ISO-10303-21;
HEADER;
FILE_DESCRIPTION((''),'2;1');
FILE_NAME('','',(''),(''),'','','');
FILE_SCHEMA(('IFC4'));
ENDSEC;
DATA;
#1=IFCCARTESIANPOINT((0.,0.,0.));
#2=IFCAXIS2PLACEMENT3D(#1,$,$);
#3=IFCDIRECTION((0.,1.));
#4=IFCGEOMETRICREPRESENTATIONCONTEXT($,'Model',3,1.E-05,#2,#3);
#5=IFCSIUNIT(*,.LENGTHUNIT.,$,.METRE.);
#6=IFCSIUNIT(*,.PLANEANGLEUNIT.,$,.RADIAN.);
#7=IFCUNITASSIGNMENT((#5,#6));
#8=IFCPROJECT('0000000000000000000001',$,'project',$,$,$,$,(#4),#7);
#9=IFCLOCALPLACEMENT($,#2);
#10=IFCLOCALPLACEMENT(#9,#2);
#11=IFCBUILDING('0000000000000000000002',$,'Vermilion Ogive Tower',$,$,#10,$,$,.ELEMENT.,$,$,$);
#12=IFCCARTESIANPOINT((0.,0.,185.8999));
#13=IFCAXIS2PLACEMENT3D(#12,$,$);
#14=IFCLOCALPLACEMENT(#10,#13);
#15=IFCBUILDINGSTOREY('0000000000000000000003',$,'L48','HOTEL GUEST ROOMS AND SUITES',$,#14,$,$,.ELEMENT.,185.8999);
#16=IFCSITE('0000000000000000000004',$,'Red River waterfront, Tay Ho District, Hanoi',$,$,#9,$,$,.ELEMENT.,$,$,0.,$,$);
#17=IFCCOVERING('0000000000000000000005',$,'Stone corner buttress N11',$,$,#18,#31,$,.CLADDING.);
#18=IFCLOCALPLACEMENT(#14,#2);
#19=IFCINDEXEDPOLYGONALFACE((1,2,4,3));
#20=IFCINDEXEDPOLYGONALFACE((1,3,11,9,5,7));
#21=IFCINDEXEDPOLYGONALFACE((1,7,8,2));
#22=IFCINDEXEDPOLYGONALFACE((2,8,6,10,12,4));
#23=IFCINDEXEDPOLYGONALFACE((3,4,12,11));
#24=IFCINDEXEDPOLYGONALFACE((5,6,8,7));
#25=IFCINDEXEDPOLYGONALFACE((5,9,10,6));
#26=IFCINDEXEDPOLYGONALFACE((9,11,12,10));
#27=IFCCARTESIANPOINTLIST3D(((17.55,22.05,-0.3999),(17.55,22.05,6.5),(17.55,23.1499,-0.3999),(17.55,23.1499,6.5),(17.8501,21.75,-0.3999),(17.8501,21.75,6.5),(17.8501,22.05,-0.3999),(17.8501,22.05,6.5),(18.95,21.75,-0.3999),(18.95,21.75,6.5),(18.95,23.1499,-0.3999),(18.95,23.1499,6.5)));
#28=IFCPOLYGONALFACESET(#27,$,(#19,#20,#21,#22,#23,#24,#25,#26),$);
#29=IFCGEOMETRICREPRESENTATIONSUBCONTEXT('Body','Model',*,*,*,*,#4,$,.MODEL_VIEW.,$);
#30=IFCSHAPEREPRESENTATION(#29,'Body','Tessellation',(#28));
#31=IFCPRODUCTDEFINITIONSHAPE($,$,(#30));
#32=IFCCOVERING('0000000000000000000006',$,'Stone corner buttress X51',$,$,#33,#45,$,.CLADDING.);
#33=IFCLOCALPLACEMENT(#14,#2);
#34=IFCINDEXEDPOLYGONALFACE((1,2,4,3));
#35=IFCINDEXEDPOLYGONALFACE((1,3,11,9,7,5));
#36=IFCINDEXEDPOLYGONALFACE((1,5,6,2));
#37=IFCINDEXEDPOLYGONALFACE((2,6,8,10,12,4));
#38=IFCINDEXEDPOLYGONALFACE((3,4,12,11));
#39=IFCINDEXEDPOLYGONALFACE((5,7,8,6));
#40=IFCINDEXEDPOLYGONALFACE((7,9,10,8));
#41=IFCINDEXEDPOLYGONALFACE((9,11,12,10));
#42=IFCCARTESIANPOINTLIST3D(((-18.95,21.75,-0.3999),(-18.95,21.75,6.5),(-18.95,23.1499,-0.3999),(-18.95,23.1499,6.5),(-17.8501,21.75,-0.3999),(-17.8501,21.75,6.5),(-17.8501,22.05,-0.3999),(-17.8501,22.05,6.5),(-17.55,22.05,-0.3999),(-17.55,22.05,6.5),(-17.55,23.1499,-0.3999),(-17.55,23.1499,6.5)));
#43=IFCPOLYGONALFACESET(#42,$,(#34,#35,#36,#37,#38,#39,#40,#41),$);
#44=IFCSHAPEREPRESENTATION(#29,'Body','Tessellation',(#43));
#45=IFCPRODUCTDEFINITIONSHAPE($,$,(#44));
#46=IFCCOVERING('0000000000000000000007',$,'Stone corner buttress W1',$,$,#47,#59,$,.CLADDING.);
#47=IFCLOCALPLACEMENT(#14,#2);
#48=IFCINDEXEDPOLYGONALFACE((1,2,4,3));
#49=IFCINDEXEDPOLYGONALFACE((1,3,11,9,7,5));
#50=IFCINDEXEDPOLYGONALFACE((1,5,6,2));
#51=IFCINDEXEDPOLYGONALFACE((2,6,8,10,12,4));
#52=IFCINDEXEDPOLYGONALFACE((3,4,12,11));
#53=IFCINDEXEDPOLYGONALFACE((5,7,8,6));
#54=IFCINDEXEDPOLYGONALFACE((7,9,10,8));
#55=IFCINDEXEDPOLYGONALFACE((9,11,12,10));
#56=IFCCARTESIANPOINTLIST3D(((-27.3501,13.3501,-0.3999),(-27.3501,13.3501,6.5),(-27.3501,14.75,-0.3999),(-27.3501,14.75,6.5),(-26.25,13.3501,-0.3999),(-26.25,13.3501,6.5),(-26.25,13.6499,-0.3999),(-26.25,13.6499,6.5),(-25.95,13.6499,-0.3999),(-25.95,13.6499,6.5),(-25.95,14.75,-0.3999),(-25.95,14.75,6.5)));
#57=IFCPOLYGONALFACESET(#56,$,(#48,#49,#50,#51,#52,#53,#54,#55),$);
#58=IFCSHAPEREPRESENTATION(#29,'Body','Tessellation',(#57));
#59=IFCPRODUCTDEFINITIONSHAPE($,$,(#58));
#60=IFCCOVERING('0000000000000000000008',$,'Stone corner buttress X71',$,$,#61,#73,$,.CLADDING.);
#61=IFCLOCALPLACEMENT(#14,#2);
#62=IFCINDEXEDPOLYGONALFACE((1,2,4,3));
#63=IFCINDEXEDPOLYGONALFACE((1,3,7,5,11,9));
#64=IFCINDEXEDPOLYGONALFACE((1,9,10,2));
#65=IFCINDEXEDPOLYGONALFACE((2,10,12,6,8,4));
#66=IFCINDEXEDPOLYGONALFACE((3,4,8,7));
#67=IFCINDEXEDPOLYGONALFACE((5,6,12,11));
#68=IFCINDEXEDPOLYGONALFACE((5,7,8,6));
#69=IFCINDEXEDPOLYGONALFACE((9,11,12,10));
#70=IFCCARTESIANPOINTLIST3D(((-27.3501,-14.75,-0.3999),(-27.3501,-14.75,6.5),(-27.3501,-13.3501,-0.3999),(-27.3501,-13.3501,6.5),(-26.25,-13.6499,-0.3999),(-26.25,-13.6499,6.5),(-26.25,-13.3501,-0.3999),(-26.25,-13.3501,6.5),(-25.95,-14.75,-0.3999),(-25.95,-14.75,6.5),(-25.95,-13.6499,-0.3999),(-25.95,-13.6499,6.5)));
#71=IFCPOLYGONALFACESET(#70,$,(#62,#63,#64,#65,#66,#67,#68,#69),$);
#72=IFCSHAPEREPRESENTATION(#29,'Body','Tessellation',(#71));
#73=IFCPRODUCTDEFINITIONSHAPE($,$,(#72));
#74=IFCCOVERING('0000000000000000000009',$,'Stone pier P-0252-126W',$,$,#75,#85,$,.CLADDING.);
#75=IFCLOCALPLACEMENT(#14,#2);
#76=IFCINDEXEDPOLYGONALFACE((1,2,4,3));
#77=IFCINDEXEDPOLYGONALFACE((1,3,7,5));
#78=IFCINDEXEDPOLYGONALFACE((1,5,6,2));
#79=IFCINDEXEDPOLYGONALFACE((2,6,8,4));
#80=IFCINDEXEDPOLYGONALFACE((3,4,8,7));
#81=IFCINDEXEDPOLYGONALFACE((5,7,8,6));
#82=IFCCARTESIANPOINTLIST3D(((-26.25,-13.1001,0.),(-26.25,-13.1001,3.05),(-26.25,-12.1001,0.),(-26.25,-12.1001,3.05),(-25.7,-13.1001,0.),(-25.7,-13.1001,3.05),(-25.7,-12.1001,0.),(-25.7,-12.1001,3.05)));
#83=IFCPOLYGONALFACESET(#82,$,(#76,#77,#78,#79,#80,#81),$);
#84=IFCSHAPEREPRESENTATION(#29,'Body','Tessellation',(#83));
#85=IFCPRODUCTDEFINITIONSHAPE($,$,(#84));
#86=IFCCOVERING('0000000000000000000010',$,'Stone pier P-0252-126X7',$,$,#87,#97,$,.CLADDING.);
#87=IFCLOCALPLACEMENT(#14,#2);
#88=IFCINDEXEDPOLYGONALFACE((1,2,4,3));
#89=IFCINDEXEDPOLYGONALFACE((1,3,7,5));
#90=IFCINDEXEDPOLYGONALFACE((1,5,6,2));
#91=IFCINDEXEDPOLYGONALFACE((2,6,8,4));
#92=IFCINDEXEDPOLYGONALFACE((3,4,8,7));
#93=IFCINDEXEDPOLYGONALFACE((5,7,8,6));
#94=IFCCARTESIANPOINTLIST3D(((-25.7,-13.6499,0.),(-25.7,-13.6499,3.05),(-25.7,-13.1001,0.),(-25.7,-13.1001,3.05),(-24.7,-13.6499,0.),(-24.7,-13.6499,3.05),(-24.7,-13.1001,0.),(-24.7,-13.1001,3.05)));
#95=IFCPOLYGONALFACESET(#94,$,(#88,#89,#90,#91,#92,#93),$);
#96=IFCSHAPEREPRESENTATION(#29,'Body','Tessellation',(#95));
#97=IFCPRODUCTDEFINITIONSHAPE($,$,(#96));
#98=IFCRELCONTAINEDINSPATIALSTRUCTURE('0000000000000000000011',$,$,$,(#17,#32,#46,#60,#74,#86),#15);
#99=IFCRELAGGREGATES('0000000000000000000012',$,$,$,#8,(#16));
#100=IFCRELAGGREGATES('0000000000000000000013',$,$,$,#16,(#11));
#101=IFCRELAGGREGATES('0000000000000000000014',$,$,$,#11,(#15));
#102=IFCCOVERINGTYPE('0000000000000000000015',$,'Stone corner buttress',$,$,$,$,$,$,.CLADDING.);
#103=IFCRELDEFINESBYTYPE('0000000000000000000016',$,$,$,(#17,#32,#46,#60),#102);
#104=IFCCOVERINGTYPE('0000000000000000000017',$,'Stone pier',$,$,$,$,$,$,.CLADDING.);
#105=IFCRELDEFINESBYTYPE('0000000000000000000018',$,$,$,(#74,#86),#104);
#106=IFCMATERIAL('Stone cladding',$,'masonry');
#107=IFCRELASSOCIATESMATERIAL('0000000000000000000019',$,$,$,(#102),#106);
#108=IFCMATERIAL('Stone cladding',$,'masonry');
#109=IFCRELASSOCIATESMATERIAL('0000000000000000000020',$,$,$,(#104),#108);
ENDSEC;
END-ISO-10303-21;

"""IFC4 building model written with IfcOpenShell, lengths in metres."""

from ifc_helpers import new_model, si_unit, direction, frame, origin, place, context, subcontext, project, spatial, polyline, outline, extrude, material, type_object, element, save


model = new_model("IFC4")

# Units and contexts
model_context = context("Model", 3, precision=1e-05, world=origin(), true_north=direction((0.0, 1.0)))
body_context = subcontext(model_context, "Body", "Model", "MODEL_VIEW")
ifc_project = project(units=[si_unit("LENGTHUNIT", "METRE"), si_unit("PLANEANGLEUNIT", "RADIAN")], contexts=[model_context])

# Site, building, storey
site_placement = place(None, origin())
site = spatial("IfcSite", under=ifc_project, at=site_placement, Name="Red River waterfront, Tay Ho District, Hanoi", CompositionType="ELEMENT", RefElevation=0.0)
building_placement = place(site_placement, origin())
building = spatial("IfcBuilding", under=site, at=building_placement, Name="Vermilion Ogive Tower", CompositionType="ELEMENT")
storey_placement = place(building_placement, frame((0.0, 0.0, 185.8999)))
storey = spatial("IfcBuildingStorey", under=building, at=storey_placement, Name="L48", Description="HOTEL GUEST ROOMS AND SUITES", CompositionType="ELEMENT", Elevation=185.8999)

# Coverings
ifc_material_1 = material(Name="Stone cladding", Category="masonry")
covering_type_1 = type_object("IfcCoveringType", Name="Stone corner buttress", PredefinedType="CLADDING", material=ifc_material_1)
covering_1_placement = place(storey_placement, frame((0.0, 0.0, -0.3999)))
element("IfcCovering", 1, at=covering_1_placement, inside=storey, type_object=covering_type_1, Name="Stone corner buttress N11", PredefinedType="CLADDING", context=body_context, shape_type="SweptSolid", body=[
    extrude(outline(polyline([(17.8501, 22.05), (17.55, 22.05), (17.55, 23.1499), (18.95, 23.1499), (18.95, 21.75), (17.8501, 21.75), (17.8501, 22.05)])), origin(), (0.0, 0.0, 1.0), 6.8999),
])
covering_2_placement = place(storey_placement, frame((0.0, 0.0, -0.3999)))
element("IfcCovering", 2, at=covering_2_placement, inside=storey, type_object=covering_type_1, Name="Stone corner buttress X51", PredefinedType="CLADDING", context=body_context, shape_type="SweptSolid", body=[
    extrude(outline(polyline([(-17.55, 23.1499), (-17.55, 22.05), (-17.8501, 22.05), (-17.8501, 21.75), (-18.95, 21.75), (-18.95, 23.1499), (-17.55, 23.1499)])), origin(), (0.0, 0.0, 1.0), 6.8999),
])
covering_3_placement = place(storey_placement, frame((0.0, 0.0, -0.3999)))
element("IfcCovering", 3, at=covering_3_placement, inside=storey, type_object=covering_type_1, Name="Stone corner buttress W1", PredefinedType="CLADDING", context=body_context, shape_type="SweptSolid", body=[
    extrude(outline(polyline([(-25.95, 13.6499), (-26.25, 13.6499), (-26.25, 13.3501), (-27.3501, 13.3501), (-27.3501, 14.75), (-25.95, 14.75), (-25.95, 13.6499)])), origin(), (0.0, 0.0, 1.0), 6.8999),
])
covering_4_placement = place(storey_placement, frame((0.0, 0.0, -0.3999)))
element("IfcCovering", 4, at=covering_4_placement, inside=storey, type_object=covering_type_1, Name="Stone corner buttress X71", PredefinedType="CLADDING", context=body_context, shape_type="SweptSolid", body=[
    extrude(outline(polyline([(-27.3501, -13.3501), (-26.25, -13.3501), (-26.25, -13.6499), (-25.95, -13.6499), (-25.95, -14.75), (-27.3501, -14.75), (-27.3501, -13.3501)])), origin(), (0.0, 0.0, 1.0), 6.8999),
])
ifc_material_2 = material(Name="Stone cladding", Category="masonry")
covering_type_2 = type_object("IfcCoveringType", Name="Stone pier", PredefinedType="CLADDING", material=ifc_material_2)
covering_5_placement = place(storey_placement, origin())
element("IfcCovering", 5, at=covering_5_placement, inside=storey, type_object=covering_type_2, Name="Stone pier P-0252-126W", PredefinedType="CLADDING", context=body_context, shape_type="SweptSolid", body=[
    extrude(outline(polyline([(-26.25, -13.1001), (-26.25, -12.1001), (-25.7, -12.1001), (-25.7, -13.1001), (-26.25, -13.1001)])), origin(), (0.0, 0.0, 1.0), 3.05),
])
covering_6_placement = place(storey_placement, origin())
element("IfcCovering", 6, at=covering_6_placement, inside=storey, type_object=covering_type_2, Name="Stone pier P-0252-126X7", PredefinedType="CLADDING", context=body_context, shape_type="SweptSolid", body=[
    extrude(outline(polyline([(-25.7, -13.6499), (-25.7, -13.1001), (-24.7, -13.1001), (-24.7, -13.6499), (-25.7, -13.6499)])), origin(), (0.0, 0.0, 1.0), 3.05),
])

save(model, "model.ifc")
